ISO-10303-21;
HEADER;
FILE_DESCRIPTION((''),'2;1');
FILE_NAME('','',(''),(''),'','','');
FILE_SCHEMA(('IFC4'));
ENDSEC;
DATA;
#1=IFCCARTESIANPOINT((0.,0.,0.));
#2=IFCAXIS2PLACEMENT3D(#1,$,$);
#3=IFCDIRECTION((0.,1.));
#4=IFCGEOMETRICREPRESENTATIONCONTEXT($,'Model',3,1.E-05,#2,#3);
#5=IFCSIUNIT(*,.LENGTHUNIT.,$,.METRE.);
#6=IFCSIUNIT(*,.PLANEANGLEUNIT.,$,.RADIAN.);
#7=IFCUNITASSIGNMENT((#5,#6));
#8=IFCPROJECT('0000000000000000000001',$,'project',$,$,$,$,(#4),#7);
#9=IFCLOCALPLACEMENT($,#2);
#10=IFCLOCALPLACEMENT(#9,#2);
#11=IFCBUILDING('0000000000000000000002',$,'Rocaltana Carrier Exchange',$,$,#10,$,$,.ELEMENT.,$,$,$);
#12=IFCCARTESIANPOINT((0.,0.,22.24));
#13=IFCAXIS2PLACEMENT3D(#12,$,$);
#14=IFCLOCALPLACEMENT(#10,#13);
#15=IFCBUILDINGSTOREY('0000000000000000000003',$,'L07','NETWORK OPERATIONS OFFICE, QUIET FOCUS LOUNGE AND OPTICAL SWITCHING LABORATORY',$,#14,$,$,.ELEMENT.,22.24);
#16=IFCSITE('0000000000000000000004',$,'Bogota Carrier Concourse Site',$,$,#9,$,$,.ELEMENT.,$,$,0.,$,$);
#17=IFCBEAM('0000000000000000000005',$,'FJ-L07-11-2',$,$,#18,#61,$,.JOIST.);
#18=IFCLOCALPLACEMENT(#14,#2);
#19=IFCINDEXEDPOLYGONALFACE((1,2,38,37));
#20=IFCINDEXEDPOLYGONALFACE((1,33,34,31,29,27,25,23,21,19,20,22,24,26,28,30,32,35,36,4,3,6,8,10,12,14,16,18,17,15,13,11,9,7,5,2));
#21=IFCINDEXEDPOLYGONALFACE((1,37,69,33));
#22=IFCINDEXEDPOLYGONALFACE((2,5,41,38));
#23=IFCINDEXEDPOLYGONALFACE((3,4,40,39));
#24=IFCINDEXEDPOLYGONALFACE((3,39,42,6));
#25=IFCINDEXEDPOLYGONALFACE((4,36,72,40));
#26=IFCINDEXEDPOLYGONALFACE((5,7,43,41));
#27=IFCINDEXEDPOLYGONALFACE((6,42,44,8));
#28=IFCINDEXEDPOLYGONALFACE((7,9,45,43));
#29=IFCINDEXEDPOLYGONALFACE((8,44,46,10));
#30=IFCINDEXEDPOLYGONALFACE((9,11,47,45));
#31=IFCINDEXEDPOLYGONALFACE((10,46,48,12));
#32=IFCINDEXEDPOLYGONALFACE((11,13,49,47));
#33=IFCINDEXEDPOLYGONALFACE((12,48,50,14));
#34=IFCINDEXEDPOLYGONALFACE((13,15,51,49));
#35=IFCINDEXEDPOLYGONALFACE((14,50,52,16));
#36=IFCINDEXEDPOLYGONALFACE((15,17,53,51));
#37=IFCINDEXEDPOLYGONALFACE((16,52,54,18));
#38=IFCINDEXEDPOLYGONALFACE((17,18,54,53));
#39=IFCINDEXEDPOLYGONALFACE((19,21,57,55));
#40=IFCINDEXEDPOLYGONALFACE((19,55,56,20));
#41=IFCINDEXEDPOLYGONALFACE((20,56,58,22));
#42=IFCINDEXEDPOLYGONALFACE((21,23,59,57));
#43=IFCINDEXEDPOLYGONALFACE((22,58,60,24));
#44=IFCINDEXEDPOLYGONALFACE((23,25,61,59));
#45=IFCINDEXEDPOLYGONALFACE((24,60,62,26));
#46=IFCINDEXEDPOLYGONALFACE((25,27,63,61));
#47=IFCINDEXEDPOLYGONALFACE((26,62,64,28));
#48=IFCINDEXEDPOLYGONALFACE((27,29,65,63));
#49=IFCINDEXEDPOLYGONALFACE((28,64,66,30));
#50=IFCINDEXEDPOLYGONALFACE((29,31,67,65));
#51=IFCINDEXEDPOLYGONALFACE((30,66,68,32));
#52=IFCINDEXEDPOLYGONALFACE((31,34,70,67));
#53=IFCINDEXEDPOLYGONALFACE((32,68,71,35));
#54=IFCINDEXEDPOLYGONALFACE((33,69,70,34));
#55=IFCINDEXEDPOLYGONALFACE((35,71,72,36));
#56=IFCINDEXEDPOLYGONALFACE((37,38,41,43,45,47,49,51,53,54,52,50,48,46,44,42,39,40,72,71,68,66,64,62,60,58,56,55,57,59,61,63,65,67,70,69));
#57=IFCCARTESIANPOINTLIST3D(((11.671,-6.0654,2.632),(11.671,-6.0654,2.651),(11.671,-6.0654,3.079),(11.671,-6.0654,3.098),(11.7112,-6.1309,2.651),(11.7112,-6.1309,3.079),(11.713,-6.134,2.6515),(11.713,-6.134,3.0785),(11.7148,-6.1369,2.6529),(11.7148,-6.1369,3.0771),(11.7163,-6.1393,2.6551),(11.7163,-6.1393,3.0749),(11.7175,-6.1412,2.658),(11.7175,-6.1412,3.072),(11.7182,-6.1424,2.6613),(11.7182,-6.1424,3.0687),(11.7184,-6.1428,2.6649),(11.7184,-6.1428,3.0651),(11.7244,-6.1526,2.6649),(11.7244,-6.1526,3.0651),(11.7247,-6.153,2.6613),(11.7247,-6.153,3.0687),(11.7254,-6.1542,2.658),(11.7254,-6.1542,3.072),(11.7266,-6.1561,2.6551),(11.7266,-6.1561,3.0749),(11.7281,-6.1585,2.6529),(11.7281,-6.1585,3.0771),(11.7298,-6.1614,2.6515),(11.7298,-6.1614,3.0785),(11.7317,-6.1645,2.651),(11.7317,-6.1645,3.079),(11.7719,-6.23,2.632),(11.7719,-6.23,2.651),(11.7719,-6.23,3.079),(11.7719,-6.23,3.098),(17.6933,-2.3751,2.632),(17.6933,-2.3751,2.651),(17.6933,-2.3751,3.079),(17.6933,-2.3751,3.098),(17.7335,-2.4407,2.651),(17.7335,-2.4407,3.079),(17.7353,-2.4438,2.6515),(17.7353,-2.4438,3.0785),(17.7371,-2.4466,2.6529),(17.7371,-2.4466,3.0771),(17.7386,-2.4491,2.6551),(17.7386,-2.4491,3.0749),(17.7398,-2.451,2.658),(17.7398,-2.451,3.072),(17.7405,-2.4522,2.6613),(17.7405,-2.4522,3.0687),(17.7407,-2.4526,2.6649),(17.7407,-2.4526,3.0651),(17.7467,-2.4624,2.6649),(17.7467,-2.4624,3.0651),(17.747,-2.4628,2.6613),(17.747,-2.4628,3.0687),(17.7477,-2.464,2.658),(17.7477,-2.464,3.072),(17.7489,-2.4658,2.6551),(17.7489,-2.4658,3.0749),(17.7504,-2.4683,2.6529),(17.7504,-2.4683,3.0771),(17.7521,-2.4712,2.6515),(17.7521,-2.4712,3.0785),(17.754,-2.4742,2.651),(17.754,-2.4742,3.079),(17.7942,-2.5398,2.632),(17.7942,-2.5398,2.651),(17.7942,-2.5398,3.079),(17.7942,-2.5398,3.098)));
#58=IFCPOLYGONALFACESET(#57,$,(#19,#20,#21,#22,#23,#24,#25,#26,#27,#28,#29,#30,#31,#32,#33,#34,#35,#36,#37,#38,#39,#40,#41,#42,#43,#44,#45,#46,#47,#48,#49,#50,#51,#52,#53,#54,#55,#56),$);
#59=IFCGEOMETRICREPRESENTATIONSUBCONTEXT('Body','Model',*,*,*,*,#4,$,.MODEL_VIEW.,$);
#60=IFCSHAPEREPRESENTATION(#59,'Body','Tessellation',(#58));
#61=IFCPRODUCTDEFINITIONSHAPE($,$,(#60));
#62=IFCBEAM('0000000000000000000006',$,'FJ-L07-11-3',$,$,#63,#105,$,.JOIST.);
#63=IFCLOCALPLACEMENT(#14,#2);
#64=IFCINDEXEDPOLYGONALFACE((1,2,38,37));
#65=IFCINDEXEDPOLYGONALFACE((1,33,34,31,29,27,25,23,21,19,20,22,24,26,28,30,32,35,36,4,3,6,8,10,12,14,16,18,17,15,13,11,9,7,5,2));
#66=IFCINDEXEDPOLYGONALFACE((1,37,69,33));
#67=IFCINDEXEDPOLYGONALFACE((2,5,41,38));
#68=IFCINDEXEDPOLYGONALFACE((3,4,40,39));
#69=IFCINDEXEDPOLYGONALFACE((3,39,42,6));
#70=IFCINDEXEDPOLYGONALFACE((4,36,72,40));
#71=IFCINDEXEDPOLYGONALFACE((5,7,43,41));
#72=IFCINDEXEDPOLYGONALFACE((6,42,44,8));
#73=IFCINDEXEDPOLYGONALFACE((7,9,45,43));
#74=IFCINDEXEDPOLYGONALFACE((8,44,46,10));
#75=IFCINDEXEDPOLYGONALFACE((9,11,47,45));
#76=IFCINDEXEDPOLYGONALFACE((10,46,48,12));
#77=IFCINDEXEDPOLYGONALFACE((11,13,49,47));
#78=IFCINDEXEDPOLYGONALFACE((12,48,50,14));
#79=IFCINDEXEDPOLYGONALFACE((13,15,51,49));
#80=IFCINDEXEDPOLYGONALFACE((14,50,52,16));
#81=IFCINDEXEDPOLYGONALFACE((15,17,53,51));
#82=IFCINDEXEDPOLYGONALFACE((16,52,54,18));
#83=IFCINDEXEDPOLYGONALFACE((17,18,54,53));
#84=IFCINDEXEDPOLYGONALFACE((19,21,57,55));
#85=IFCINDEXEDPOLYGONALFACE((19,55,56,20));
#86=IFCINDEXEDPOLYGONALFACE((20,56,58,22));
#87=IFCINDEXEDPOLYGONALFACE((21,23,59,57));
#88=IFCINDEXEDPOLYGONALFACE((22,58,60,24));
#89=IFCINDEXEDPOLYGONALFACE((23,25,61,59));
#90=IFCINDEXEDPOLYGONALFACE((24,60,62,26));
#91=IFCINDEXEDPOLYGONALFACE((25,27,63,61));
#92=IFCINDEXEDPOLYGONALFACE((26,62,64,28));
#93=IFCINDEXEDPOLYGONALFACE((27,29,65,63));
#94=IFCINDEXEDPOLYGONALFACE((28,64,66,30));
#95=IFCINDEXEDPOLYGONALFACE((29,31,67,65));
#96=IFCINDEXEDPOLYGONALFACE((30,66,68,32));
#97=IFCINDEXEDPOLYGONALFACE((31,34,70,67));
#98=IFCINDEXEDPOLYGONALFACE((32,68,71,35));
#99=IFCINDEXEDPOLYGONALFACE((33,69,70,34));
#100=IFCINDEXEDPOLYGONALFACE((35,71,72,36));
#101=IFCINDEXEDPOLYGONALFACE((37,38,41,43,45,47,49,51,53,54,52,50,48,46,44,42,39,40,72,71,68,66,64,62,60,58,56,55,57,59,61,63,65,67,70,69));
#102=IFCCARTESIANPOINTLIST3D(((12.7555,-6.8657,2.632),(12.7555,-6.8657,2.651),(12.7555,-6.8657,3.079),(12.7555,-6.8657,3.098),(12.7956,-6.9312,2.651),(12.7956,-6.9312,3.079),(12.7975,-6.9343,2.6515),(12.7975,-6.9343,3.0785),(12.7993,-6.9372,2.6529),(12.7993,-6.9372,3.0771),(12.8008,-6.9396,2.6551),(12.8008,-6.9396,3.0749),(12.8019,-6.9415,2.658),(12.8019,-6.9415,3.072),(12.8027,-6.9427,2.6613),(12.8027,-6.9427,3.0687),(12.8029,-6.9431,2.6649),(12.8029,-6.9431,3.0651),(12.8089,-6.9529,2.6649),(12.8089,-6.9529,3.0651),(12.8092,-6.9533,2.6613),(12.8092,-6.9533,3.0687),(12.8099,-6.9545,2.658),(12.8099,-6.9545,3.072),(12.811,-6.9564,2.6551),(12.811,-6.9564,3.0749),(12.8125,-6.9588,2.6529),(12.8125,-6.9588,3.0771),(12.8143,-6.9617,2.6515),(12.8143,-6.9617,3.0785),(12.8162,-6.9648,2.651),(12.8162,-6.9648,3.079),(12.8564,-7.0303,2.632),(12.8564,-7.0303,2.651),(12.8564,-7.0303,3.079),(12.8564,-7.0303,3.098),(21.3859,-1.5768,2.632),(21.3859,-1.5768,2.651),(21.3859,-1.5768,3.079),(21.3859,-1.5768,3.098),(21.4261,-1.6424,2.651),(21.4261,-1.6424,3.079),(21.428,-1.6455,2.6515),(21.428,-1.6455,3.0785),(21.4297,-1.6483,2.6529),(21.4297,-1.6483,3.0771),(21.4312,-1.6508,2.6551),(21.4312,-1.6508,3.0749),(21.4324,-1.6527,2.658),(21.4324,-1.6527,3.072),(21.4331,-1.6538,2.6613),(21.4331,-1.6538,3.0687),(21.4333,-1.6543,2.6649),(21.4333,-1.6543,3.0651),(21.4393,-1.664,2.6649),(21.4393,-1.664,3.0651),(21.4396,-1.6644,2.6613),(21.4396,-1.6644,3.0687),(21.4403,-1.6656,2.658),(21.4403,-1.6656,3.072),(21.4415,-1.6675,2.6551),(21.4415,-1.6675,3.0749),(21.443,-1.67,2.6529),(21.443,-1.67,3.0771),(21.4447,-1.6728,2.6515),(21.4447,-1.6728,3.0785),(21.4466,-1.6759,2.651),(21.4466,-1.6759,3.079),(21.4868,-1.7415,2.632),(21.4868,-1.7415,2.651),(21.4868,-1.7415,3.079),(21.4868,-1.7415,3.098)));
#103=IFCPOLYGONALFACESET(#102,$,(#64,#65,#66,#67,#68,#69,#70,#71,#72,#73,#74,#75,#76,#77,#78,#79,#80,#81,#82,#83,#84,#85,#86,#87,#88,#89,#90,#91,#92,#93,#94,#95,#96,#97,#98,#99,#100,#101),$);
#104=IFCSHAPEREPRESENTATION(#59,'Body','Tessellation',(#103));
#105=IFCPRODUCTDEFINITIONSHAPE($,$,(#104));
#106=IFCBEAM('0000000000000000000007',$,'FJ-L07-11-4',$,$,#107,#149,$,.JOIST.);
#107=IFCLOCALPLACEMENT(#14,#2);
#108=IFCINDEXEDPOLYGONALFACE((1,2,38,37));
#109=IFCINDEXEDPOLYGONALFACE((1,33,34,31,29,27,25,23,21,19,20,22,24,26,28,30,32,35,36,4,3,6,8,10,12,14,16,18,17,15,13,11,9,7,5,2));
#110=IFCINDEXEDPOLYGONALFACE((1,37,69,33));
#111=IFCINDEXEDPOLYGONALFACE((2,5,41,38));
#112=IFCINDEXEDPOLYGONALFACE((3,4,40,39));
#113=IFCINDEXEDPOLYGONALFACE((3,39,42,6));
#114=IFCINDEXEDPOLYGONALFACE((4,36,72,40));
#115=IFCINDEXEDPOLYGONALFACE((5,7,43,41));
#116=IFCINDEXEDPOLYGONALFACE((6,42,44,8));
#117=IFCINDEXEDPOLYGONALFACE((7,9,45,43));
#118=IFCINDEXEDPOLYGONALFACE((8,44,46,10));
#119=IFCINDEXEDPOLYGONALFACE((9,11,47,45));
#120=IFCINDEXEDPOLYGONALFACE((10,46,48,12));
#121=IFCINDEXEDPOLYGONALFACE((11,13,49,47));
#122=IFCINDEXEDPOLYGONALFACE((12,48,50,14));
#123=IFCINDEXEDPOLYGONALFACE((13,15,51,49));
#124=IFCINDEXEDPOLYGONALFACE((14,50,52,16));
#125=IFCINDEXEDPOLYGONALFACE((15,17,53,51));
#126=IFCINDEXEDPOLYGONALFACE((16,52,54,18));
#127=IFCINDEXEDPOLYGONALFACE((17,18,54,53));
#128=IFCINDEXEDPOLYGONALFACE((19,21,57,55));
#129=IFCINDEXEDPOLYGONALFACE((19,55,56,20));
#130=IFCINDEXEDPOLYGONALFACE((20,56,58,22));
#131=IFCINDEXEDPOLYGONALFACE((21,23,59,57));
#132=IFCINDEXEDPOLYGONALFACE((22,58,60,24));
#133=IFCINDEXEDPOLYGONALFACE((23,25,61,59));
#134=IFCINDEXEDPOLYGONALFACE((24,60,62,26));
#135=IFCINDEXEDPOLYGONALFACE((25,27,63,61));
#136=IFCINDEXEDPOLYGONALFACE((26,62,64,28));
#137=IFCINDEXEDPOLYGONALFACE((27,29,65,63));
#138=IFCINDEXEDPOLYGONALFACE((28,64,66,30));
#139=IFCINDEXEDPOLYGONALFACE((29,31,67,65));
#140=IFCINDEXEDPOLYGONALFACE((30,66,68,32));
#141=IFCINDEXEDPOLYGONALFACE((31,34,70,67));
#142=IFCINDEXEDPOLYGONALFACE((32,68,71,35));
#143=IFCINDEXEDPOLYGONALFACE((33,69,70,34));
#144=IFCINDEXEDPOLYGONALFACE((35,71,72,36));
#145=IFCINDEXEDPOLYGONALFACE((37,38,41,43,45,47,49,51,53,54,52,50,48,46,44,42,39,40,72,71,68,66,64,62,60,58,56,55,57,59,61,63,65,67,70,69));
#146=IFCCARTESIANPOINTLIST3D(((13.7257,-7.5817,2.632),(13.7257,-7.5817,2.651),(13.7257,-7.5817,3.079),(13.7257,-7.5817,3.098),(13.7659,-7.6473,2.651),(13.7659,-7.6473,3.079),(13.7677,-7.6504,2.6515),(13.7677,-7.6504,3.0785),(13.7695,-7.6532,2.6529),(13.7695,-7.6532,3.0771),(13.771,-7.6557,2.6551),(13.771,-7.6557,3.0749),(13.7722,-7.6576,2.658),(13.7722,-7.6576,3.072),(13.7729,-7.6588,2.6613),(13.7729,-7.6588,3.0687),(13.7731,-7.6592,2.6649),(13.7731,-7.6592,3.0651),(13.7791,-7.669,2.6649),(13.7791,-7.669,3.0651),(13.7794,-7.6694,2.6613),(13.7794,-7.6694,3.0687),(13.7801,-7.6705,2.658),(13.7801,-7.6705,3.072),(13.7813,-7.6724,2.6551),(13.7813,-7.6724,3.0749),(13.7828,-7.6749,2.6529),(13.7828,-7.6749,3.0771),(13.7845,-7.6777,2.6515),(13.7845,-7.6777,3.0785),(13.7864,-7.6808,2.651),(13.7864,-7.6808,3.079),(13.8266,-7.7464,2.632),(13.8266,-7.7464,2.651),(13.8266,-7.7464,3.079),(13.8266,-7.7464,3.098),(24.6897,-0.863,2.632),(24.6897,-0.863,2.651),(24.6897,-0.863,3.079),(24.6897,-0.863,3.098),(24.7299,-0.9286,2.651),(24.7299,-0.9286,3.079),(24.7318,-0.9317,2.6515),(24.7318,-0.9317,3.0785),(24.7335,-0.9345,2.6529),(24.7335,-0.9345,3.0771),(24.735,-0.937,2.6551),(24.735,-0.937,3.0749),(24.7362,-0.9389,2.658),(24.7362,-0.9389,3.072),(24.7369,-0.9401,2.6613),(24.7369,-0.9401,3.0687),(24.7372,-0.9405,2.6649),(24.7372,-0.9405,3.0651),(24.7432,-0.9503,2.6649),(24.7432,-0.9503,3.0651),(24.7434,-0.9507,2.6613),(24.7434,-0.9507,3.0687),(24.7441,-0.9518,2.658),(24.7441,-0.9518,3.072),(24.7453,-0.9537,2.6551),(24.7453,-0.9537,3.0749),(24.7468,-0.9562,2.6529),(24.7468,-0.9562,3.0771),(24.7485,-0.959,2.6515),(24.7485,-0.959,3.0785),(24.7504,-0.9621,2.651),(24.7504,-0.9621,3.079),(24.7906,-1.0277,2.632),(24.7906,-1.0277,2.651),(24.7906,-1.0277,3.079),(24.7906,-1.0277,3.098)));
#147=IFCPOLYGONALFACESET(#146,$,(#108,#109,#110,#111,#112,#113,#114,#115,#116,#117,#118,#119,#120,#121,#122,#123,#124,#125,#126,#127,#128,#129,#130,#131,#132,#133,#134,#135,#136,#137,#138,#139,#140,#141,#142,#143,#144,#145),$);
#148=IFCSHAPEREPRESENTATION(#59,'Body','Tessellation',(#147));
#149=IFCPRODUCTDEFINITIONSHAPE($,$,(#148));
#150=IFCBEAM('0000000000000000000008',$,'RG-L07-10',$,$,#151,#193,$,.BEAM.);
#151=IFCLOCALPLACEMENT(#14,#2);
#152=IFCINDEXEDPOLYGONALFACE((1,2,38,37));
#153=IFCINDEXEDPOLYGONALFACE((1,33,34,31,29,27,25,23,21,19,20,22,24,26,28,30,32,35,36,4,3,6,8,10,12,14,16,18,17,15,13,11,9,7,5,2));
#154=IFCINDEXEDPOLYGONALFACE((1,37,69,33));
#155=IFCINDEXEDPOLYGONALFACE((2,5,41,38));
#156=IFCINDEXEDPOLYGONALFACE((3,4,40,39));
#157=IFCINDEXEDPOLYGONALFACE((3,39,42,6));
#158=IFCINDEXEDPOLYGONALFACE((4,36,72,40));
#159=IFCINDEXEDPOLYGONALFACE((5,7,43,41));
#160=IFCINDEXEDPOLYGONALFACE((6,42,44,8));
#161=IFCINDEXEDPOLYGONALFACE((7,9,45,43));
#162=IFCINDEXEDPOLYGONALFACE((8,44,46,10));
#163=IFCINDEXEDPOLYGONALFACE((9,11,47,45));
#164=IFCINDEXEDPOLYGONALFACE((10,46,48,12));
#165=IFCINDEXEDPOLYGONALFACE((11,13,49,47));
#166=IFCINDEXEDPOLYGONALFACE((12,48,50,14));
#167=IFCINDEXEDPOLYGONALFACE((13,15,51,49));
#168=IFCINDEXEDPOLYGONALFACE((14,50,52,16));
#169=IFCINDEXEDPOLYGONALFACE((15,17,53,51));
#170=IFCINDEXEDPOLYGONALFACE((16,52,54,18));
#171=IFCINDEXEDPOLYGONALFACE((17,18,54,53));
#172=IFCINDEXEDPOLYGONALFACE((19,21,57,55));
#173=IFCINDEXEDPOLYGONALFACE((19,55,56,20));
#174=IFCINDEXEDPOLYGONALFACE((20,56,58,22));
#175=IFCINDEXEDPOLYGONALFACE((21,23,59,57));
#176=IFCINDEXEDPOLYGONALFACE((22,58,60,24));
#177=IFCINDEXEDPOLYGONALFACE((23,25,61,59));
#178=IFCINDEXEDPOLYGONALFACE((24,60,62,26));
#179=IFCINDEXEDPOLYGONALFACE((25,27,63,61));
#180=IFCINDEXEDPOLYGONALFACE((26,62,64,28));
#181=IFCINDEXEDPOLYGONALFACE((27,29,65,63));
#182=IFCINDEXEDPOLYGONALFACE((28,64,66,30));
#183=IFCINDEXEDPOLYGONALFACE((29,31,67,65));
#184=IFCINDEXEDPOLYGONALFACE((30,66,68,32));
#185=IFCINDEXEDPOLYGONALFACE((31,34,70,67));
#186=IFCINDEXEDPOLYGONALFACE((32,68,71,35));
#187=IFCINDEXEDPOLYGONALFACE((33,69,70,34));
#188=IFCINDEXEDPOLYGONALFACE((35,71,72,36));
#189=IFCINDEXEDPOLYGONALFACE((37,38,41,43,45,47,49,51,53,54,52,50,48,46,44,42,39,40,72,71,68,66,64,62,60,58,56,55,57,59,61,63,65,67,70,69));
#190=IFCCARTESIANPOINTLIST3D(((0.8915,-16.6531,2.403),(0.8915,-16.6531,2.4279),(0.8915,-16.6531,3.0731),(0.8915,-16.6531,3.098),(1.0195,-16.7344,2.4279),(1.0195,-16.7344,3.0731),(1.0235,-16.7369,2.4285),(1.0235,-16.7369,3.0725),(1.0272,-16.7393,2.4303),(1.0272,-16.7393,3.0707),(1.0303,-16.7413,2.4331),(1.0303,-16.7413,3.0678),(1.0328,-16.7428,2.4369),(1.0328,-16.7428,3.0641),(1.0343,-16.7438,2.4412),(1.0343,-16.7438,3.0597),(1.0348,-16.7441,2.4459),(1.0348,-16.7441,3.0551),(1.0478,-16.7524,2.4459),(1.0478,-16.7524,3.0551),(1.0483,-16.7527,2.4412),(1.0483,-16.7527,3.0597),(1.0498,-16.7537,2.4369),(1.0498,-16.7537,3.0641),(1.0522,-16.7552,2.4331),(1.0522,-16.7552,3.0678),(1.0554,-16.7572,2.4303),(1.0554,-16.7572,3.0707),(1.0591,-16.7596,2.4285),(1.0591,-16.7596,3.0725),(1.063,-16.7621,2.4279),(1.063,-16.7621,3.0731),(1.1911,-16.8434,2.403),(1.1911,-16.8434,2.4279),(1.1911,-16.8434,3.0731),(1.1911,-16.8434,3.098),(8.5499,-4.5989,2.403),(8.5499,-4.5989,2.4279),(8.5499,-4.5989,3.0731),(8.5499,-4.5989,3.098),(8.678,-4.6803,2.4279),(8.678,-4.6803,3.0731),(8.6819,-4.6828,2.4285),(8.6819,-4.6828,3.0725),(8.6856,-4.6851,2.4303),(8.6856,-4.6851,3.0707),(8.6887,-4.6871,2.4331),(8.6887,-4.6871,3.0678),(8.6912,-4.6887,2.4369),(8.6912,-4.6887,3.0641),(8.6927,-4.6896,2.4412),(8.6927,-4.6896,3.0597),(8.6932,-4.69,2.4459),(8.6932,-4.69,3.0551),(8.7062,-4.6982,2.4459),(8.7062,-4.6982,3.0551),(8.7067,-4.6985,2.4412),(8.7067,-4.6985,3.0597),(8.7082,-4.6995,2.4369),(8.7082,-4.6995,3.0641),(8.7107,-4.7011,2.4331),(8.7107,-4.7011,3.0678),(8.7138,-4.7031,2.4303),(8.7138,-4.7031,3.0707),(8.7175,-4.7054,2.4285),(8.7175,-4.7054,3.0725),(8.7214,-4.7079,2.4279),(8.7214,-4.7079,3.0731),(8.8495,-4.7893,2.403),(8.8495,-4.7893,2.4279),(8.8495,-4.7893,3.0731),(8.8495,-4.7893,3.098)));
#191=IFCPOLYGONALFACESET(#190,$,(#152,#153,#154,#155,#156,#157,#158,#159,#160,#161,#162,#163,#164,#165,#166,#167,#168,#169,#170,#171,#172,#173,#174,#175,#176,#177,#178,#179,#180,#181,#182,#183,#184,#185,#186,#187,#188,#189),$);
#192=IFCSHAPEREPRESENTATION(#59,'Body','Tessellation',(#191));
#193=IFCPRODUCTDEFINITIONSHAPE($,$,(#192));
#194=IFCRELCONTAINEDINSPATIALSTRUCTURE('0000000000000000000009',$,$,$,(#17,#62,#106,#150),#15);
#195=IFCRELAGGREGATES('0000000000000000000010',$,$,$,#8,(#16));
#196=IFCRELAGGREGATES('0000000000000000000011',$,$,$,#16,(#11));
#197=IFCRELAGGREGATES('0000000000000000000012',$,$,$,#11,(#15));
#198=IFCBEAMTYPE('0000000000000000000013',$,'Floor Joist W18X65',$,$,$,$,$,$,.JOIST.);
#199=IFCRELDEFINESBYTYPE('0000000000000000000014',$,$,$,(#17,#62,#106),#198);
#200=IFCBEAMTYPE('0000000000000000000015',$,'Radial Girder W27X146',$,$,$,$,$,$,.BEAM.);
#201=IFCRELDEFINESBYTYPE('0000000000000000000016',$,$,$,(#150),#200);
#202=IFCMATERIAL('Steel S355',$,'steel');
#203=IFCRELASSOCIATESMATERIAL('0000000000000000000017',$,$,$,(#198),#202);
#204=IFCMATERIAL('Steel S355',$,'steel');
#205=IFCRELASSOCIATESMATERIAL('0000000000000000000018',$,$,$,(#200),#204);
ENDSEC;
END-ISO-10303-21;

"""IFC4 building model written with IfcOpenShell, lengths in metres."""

from ifc_helpers import new_model, si_unit, direction, frame, origin, origin_2d, place, context, subcontext, project, spatial, i_section, extrude, material, material_profile, profile_set, type_object, element, save


model = new_model("IFC4")

# Units and contexts
model_context = context("Model", 3, precision=1e-05, world=origin(), true_north=direction((0.0, 1.0)))
body_context = subcontext(model_context, "Body", "Model", "MODEL_VIEW")
ifc_project = project(units=[si_unit("LENGTHUNIT", "METRE"), si_unit("PLANEANGLEUNIT", "RADIAN")], contexts=[model_context])

# Site, building, storey
site_placement = place(None, origin())
site = spatial("IfcSite", under=ifc_project, at=site_placement, Name="Bogota Carrier Concourse Site", CompositionType="ELEMENT", RefElevation=0.0)
building_placement = place(site_placement, origin())
building = spatial("IfcBuilding", under=site, at=building_placement, Name="Rocaltana Carrier Exchange", CompositionType="ELEMENT")
storey_placement = place(building_placement, frame((0.0, 0.0, 22.24)))
storey = spatial("IfcBuildingStorey", under=building, at=storey_placement, Name="L07", Description="NETWORK OPERATIONS OFFICE, QUIET FOCUS LOUNGE AND OPTICAL SWITCHING LABORATORY", CompositionType="ELEMENT", Elevation=22.24)

# Beams
ifc_material_1 = material(Name="Steel S355", Category="steel")
ifc_material_profile_1 = material_profile(ifc_material_1, i_section(OverallWidth=0.1931, OverallDepth=0.4661, WebThickness=0.0115, FlangeThickness=0.019, FilletRadius=0.0139, at=origin_2d()), Name="W18X65")
ifc_profile_set_1 = profile_set([ifc_material_profile_1], Name="Steel S355")
beam_type_1 = type_object("IfcBeamType", Name="Floor Joist W18X65", PredefinedType="JOIST", material=ifc_profile_set_1)
beam_1_placement = place(storey_placement, frame((11.7214, -6.1477, 2.865), z_axis=(0.852655, 0.522475, 0.0), x_axis=(-0.522475, 0.852655, 0.0)))
element("IfcBeam", 1, at=beam_1_placement, inside=storey, type_object=beam_type_1, Name="FJ-L07-11-2", PredefinedType="JOIST", context=body_context, shape_type="SweptSolid", body=[
    extrude(i_section(OverallWidth=0.1931, OverallDepth=0.4661, WebThickness=0.0115, FlangeThickness=0.019, FilletRadius=0.0139, at=origin_2d()), origin(), (0.0, 0.0, 1.0), 7.063),
])
beam_2_placement = place(storey_placement, frame((12.8059, -6.948, 2.865), z_axis=(0.852635, 0.522507, 0.0), x_axis=(-0.522507, 0.852635, 0.0)))
element("IfcBeam", 2, at=beam_2_placement, inside=storey, type_object=beam_type_1, Name="FJ-L07-11-3", PredefinedType="JOIST", context=body_context, shape_type="SweptSolid", body=[
    extrude(i_section(OverallWidth=0.1931, OverallDepth=0.4661, WebThickness=0.0115, FlangeThickness=0.019, FilletRadius=0.0139, at=origin_2d()), origin(), (0.0, 0.0, 1.0), 10.1221),
])
beam_3_placement = place(storey_placement, frame((13.7761, -7.6641, 2.865), z_axis=(0.852642, 0.522495, 0.0), x_axis=(-0.522495, 0.852642, 0.0)))
element("IfcBeam", 3, at=beam_3_placement, inside=storey, type_object=beam_type_1, Name="FJ-L07-11-4", PredefinedType="JOIST", context=body_context, shape_type="SweptSolid", body=[
    extrude(i_section(OverallWidth=0.1931, OverallDepth=0.4661, WebThickness=0.0115, FlangeThickness=0.019, FilletRadius=0.0139, at=origin_2d()), origin(), (0.0, 0.0, 1.0), 12.8589),
])
ifc_material_2 = material(Name="Steel S355", Category="steel")
ifc_material_profile_2 = material_profile(ifc_material_2, i_section(OverallWidth=0.355, OverallDepth=0.6951, WebThickness=0.0154, FlangeThickness=0.0249, FilletRadius=0.0181, at=origin_2d()), Name="W27X146")
ifc_profile_set_2 = profile_set([ifc_material_profile_2], Name="Steel S355")
beam_type_2 = type_object("IfcBeamType", Name="Radial Girder W27X146", PredefinedType="BEAM", material=ifc_profile_set_2)
beam_4_placement = place(storey_placement, frame((8.6997, -4.6941, 2.7505), z_axis=(-0.536257, -0.844055, 0.0), x_axis=(0.844055, -0.536257, 0.0)))
element("IfcBeam", 4, at=beam_4_placement, inside=storey, type_object=beam_type_2, Name="RG-L07-10", PredefinedType="BEAM", context=body_context, shape_type="SweptSolid", body=[
    extrude(i_section(OverallWidth=0.355, OverallDepth=0.6951, WebThickness=0.0154, FlangeThickness=0.0249, FilletRadius=0.0181, at=origin_2d()), origin(), (0.0, 0.0, 1.0), 14.2812),
])

save(model, "model.ifc")
